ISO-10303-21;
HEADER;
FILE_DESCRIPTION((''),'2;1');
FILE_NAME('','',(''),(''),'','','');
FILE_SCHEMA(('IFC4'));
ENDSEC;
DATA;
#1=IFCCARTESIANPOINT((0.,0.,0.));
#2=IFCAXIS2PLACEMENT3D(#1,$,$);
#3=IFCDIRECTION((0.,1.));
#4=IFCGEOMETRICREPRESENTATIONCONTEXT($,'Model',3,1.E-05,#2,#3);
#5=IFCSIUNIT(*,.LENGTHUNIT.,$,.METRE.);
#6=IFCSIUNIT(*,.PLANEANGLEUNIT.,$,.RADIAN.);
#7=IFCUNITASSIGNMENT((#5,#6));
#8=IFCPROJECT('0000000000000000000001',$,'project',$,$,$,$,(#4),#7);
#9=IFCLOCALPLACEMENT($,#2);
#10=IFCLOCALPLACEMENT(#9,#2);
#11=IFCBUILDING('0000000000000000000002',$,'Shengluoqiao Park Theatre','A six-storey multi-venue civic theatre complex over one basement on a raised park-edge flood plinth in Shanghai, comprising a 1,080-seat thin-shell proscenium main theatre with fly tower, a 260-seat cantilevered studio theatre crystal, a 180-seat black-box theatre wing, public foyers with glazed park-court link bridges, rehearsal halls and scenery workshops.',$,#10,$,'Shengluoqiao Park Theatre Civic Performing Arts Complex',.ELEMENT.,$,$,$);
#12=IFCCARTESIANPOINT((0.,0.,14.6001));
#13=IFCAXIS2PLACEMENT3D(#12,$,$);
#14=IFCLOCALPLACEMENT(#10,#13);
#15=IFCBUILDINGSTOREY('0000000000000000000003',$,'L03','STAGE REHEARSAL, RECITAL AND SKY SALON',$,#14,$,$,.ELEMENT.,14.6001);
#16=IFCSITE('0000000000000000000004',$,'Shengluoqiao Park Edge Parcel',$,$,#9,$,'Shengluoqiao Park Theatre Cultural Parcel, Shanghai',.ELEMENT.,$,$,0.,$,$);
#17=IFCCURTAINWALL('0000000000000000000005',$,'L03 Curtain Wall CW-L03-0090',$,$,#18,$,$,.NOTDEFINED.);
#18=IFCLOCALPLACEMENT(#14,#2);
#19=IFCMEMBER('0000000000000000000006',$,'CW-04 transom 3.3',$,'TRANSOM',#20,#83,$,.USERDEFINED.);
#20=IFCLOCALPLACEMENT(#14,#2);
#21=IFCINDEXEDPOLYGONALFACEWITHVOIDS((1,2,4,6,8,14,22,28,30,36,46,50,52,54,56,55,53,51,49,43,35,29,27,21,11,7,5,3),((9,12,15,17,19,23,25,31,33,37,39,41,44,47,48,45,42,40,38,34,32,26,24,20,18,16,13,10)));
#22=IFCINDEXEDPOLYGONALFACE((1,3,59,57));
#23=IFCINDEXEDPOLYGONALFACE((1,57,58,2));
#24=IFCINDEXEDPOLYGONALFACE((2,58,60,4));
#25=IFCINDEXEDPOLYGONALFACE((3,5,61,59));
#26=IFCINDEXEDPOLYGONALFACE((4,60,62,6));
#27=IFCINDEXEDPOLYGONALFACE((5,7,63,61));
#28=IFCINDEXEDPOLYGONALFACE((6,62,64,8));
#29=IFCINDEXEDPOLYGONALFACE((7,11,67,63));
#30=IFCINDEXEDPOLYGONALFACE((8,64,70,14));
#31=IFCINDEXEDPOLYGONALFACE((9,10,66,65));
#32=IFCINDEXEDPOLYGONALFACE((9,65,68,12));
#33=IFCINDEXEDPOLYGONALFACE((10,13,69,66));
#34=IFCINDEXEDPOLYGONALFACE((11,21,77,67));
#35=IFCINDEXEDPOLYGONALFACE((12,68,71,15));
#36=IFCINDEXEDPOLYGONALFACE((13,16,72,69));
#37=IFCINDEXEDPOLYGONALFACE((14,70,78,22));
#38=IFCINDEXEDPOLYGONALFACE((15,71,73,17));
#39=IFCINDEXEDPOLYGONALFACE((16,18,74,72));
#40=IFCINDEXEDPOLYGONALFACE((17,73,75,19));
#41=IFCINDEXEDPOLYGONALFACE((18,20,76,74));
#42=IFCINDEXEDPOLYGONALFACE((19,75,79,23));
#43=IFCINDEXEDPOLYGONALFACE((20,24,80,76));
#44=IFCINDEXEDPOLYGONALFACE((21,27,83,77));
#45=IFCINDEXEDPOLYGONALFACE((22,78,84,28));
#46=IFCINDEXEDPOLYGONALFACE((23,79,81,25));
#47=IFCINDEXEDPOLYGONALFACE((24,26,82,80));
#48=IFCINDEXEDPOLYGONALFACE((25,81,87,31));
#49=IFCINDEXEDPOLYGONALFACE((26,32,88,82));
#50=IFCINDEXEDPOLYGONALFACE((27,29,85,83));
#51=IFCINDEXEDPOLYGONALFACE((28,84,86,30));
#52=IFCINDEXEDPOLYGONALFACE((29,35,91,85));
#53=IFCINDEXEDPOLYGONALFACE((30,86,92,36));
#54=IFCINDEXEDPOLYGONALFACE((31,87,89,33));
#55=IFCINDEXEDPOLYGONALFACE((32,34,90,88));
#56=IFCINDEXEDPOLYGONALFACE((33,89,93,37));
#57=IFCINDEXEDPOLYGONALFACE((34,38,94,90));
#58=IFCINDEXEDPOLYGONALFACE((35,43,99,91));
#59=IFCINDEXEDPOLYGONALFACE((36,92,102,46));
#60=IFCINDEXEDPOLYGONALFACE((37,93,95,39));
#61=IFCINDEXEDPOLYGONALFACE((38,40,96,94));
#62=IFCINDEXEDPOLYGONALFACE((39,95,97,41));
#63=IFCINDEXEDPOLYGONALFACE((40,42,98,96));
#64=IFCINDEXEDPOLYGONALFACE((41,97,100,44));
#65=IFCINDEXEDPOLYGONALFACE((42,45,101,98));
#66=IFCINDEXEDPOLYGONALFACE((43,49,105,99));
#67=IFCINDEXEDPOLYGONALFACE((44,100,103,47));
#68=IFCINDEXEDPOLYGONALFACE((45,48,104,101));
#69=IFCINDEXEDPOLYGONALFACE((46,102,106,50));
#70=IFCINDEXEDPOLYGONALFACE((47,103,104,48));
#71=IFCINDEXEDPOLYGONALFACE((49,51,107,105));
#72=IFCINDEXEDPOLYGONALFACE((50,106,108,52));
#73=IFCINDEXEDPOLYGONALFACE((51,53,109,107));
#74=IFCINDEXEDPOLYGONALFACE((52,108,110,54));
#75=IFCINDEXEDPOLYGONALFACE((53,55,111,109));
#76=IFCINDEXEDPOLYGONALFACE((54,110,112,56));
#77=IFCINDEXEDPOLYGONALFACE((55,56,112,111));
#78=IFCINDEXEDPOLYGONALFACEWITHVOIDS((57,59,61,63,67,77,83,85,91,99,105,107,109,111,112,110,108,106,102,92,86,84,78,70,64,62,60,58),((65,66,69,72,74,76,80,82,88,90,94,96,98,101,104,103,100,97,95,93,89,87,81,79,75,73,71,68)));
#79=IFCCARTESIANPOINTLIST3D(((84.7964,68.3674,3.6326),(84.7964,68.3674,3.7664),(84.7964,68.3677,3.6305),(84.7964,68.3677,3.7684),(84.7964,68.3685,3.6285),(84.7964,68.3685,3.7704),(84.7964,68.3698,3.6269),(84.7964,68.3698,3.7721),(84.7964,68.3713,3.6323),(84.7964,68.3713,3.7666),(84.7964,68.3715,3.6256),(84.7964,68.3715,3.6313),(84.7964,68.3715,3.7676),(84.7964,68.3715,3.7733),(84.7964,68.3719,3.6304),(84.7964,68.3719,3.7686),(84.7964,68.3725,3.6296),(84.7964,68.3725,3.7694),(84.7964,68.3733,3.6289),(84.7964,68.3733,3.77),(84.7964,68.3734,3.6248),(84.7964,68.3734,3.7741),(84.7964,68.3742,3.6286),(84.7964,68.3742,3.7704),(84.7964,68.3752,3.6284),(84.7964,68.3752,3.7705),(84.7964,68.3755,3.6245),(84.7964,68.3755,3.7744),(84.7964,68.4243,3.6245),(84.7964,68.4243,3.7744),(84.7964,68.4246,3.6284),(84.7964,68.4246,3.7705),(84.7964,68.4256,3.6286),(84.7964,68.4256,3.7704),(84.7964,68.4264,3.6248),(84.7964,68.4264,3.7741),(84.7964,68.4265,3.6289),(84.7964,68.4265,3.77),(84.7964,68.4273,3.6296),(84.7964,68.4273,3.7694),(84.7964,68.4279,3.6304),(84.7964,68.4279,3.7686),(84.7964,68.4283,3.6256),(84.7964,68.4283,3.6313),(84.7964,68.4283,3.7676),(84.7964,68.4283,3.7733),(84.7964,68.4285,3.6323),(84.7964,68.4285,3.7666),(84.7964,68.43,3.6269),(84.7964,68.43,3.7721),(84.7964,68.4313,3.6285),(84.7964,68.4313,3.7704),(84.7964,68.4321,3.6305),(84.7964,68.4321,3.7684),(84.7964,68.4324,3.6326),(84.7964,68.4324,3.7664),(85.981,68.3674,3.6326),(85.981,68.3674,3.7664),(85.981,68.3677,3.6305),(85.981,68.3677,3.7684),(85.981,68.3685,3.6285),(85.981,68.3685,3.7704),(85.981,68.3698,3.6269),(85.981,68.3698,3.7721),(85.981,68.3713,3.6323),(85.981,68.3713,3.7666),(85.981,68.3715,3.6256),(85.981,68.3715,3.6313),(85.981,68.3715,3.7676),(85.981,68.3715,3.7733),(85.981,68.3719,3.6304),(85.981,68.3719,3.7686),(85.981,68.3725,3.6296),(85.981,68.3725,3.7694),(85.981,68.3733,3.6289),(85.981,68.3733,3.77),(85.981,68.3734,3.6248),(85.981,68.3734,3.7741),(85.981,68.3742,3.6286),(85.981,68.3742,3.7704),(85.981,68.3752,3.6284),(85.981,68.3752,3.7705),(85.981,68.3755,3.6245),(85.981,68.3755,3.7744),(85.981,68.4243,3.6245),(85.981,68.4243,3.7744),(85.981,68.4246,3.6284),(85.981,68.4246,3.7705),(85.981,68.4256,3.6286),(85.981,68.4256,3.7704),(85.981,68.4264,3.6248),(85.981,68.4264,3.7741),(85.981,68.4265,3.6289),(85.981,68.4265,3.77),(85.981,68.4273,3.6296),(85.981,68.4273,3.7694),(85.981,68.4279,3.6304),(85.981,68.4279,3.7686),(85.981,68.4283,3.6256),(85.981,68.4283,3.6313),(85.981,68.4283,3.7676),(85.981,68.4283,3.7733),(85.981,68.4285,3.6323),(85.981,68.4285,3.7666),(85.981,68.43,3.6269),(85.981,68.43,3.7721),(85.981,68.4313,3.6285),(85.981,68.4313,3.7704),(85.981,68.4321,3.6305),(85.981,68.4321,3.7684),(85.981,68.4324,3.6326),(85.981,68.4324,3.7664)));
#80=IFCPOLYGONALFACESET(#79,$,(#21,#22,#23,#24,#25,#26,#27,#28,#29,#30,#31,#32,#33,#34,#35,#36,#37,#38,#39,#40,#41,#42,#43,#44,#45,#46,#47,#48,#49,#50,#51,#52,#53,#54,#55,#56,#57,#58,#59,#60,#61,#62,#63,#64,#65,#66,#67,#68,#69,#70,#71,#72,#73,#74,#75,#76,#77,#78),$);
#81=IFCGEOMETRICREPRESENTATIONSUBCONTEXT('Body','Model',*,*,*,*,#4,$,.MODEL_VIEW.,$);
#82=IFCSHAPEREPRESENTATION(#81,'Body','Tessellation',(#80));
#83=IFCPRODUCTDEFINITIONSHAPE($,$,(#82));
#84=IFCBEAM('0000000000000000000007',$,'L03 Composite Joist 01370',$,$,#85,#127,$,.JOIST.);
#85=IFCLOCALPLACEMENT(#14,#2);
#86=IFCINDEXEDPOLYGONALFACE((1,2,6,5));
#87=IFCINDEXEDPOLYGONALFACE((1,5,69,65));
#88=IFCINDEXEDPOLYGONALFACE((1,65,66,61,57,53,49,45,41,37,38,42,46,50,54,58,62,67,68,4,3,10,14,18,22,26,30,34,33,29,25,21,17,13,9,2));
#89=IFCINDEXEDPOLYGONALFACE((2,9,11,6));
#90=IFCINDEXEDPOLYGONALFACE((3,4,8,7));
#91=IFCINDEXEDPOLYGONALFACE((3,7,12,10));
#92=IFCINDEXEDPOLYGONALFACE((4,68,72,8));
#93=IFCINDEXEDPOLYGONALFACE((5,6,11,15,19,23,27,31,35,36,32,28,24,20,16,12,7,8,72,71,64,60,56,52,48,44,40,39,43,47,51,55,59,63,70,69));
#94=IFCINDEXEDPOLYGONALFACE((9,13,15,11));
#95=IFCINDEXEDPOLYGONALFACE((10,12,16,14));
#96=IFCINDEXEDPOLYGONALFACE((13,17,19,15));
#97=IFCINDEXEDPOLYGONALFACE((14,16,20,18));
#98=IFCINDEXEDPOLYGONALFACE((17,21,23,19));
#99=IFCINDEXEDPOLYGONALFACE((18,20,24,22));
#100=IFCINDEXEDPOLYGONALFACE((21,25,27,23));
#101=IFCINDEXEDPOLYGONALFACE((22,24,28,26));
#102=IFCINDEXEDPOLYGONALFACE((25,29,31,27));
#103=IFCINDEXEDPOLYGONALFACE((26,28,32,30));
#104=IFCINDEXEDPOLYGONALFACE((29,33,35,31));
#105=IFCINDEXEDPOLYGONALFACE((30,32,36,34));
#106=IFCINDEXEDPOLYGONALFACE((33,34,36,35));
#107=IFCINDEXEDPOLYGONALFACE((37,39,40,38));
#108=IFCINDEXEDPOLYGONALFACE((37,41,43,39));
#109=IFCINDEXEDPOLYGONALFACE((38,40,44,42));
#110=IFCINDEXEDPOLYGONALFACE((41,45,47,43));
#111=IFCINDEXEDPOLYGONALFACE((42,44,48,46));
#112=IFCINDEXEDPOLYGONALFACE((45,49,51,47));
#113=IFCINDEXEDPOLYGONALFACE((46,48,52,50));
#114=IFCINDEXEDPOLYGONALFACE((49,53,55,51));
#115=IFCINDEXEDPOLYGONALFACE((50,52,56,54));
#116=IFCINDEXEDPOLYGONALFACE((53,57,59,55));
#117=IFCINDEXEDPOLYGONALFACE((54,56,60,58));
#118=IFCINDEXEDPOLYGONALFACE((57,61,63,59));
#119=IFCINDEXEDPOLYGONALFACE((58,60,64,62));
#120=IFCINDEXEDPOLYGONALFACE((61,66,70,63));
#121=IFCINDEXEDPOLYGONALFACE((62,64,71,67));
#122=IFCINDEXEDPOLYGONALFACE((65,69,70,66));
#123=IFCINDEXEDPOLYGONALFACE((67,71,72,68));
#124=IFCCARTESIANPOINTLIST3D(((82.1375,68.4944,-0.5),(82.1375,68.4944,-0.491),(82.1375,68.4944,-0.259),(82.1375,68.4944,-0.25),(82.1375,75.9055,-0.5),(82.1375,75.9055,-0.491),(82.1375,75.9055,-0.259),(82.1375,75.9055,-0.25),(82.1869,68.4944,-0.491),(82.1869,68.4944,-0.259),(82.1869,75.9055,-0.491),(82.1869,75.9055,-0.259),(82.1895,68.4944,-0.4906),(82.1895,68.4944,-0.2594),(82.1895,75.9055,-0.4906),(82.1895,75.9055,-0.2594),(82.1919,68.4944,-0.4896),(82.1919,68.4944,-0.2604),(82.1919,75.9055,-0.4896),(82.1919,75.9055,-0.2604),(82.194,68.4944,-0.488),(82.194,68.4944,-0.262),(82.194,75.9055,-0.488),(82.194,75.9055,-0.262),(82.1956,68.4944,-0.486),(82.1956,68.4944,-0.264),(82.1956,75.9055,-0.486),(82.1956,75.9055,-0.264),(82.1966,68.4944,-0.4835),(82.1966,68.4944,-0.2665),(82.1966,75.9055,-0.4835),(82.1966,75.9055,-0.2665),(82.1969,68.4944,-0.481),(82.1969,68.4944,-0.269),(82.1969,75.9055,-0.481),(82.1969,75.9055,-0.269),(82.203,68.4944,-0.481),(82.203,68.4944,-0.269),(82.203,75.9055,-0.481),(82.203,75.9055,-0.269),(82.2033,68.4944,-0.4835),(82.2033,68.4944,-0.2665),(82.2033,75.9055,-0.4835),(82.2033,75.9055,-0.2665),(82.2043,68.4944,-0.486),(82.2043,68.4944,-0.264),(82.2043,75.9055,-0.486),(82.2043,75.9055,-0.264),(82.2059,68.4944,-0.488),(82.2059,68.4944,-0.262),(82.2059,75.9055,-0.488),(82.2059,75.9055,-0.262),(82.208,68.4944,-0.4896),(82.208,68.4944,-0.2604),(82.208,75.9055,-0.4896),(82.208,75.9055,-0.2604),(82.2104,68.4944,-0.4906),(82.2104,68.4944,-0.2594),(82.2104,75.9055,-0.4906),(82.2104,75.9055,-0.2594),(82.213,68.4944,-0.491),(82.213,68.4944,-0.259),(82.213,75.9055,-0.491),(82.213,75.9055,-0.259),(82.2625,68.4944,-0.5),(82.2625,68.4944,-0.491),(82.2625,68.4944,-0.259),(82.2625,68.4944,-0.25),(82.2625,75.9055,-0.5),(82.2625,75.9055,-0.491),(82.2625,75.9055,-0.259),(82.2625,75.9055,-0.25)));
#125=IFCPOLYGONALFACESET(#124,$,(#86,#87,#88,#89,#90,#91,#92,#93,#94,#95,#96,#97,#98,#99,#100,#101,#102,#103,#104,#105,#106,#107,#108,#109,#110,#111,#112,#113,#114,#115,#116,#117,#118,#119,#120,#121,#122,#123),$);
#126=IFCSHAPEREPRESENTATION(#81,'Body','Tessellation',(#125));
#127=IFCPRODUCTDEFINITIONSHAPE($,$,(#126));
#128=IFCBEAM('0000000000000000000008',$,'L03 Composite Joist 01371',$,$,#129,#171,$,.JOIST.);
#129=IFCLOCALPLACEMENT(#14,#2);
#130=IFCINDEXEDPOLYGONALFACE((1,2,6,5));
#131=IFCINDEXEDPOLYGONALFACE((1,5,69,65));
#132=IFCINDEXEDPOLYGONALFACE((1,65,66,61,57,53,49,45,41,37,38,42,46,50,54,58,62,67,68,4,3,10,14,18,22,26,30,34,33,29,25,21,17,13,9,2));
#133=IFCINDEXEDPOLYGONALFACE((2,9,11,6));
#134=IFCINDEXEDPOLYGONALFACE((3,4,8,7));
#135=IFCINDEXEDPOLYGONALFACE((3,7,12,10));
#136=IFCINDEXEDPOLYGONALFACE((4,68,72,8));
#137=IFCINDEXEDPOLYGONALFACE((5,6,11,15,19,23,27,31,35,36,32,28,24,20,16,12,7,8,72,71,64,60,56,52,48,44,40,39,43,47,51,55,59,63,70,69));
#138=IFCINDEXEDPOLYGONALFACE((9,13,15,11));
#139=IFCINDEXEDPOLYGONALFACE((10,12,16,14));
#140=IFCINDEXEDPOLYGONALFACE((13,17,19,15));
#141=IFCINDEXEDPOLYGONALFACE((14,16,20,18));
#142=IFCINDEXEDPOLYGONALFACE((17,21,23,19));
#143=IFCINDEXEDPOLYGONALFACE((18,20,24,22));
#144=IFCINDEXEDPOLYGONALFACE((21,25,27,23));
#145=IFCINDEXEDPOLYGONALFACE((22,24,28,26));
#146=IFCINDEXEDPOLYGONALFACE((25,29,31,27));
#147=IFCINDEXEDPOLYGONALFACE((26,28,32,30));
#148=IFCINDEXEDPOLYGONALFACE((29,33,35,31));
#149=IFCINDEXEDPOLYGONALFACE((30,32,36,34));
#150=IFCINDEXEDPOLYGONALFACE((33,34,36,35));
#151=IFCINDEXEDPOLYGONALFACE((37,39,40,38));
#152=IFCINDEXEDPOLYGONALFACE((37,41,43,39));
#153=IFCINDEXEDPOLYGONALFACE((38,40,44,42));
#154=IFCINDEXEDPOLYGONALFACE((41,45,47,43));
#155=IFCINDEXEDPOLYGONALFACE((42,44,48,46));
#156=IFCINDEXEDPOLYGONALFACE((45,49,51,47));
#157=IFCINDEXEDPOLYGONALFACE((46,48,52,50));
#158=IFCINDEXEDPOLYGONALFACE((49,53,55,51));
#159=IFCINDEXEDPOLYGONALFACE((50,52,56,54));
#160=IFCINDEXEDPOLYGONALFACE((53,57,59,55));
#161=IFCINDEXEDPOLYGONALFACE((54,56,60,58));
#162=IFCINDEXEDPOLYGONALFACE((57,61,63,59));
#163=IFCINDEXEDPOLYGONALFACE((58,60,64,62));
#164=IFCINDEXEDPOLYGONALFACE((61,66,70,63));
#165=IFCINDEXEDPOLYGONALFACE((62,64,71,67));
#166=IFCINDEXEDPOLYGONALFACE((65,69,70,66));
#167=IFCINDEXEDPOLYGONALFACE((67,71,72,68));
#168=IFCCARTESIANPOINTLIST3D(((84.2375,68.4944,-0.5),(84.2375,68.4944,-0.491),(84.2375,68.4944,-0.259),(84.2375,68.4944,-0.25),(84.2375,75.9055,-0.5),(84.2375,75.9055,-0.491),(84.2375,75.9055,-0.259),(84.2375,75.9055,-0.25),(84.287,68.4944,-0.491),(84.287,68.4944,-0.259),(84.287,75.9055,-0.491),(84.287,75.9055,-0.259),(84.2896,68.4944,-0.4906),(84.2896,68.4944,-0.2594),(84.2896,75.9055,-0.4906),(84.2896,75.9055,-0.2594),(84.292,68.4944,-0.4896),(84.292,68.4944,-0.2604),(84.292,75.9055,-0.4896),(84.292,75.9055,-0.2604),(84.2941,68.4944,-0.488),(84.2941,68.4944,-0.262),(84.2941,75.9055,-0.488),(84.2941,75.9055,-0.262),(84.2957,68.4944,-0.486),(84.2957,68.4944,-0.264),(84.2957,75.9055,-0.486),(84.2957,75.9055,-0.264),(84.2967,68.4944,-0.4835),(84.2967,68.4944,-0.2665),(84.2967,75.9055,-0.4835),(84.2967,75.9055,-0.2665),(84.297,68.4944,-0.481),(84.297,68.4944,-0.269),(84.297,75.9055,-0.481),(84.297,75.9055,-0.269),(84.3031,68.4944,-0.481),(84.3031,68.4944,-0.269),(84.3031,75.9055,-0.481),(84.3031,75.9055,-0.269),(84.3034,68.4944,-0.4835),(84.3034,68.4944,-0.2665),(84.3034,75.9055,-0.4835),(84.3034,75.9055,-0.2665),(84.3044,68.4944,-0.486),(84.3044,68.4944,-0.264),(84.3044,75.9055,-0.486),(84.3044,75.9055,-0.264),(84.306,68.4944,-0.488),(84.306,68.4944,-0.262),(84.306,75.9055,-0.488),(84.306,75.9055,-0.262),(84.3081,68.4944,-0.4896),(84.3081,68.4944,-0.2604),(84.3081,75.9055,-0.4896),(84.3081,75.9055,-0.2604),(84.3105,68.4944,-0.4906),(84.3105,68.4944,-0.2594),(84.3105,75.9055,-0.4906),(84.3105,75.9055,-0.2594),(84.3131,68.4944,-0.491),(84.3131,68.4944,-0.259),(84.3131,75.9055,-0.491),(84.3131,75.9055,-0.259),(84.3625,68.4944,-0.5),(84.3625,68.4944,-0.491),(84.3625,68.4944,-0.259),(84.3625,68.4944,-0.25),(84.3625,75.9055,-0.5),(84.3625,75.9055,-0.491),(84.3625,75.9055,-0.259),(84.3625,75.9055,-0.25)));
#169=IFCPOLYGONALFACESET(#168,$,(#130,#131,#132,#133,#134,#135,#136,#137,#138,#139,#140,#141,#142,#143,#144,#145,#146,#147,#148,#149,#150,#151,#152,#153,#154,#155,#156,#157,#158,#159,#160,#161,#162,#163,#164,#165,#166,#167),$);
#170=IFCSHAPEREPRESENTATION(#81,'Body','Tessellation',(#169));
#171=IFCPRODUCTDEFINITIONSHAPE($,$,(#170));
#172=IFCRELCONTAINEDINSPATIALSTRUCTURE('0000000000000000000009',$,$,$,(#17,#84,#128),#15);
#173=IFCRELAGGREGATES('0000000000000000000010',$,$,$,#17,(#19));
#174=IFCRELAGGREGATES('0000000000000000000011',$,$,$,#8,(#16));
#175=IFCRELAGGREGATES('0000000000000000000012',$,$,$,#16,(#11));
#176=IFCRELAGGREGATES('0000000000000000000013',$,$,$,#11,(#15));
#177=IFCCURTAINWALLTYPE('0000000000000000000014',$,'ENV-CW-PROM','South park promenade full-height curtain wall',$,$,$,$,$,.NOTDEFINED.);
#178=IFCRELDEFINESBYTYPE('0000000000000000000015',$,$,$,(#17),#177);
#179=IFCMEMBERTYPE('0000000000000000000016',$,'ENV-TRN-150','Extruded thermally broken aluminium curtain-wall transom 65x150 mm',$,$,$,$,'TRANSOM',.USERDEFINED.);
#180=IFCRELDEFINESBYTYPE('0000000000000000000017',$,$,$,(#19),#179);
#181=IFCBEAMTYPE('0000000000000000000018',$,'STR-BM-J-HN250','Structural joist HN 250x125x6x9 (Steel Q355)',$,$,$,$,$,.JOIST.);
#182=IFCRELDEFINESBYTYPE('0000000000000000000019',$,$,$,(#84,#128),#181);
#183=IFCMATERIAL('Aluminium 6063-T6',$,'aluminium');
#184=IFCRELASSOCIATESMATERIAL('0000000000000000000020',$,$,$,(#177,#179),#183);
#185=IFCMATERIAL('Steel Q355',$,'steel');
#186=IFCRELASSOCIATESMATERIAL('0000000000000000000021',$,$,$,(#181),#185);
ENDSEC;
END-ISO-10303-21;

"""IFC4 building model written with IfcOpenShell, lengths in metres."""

from ifc_helpers import new_model, si_unit, direction, frame, origin, origin_2d, place, context, subcontext, project, spatial, hollow_rectangle, i_section, extrude, material, material_profile, profile_set, type_object, element, aggregate, save


model = new_model("IFC4")

# Units and contexts
model_context = context("Model", 3, precision=1e-05, world=origin(), true_north=direction((0.0, 1.0)))
body_context = subcontext(model_context, "Body", "Model", "MODEL_VIEW")
ifc_project = project(units=[si_unit("LENGTHUNIT", "METRE"), si_unit("PLANEANGLEUNIT", "RADIAN")], contexts=[model_context])

# Site, building, storey
site_placement = place(None, origin())
site = spatial("IfcSite", under=ifc_project, at=site_placement, Name="Shengluoqiao Park Edge Parcel", LongName="Shengluoqiao Park Theatre Cultural Parcel, Shanghai", CompositionType="ELEMENT", RefElevation=0.0)
building_placement = place(site_placement, origin())
building = spatial("IfcBuilding", under=site, at=building_placement, Name="Shengluoqiao Park Theatre", Description="A six-storey multi-venue civic theatre complex over one basement on a raised park-edge flood plinth in Shanghai, comprising a 1,080-seat thin-shell proscenium main theatre with fly tower, a 260-seat cantilevered studio theatre crystal, a 180-seat black-box theatre wing, public foyers with glazed park-court link bridges, rehearsal halls and scenery workshops.", LongName="Shengluoqiao Park Theatre Civic Performing Arts Complex", CompositionType="ELEMENT")
storey_placement = place(building_placement, frame((0.0, 0.0, 14.6001)))
storey = spatial("IfcBuildingStorey", under=building, at=storey_placement, Name="L03", Description="STAGE REHEARSAL, RECITAL AND SKY SALON", CompositionType="ELEMENT", Elevation=14.6001)

# Shared definitions
ifc_material_1 = material(Name="Aluminium 6063-T6", Category="aluminium")
curtain_wall_type = type_object("IfcCurtainWallType", Name="ENV-CW-PROM", Description="South park promenade full-height curtain wall", PredefinedType="NOTDEFINED", material=ifc_material_1)

# Curtain wall
curtain_wall_1_placement = place(storey_placement, origin())
curtain_wall_1 = element("IfcCurtainWall", 1, at=curtain_wall_1_placement, inside=storey, type_object=curtain_wall_type, Name="L03 Curtain Wall CW-L03-0090", PredefinedType="NOTDEFINED")

# Member
ifc_material_profile_1 = material_profile(ifc_material_1, hollow_rectangle(XDim=0.0649, YDim=0.1499, WallThickness=0.0039, InnerFilletRadius=0.0039, OuterFilletRadius=0.0081, at=origin_2d()), Name="ALU TRANSOM 150x65x4")
ifc_profile_set_1 = profile_set([ifc_material_profile_1], Name="Aluminium 6063-T6")
member_type_1 = type_object("IfcMemberType", Name="ENV-TRN-150", Description="Extruded thermally broken aluminium curtain-wall transom 65x150 mm", ElementType="TRANSOM", PredefinedType="USERDEFINED", material=ifc_profile_set_1)
member_1_placement = place(storey_placement, frame((84.7964, 68.3999, 3.6995), z_axis=(1.0, 0.0, 0.0), x_axis=(0.0, 1.0, 0.0)))
member_1 = element("IfcMember", 2, at=member_1_placement, type_object=member_type_1, Name="CW-04 transom 3.3", ObjectType="TRANSOM", PredefinedType="USERDEFINED", context=body_context, shape_type="SweptSolid", body=[
    extrude(hollow_rectangle(XDim=0.0649, YDim=0.1499, WallThickness=0.0039, InnerFilletRadius=0.0039, OuterFilletRadius=0.0081, at=origin_2d()), origin(), (0.0, 0.0, 1.0), 1.1846),
])

# Beams
ifc_material_2 = material(Name="Steel Q355", Category="steel")
ifc_material_profile_2 = material_profile(ifc_material_2, i_section(OverallWidth=0.125, OverallDepth=0.25, WebThickness=0.0061, FlangeThickness=0.009, FilletRadius=0.01, at=origin_2d()), Name="HN 250x125x6x9")
ifc_profile_set_2 = profile_set([ifc_material_profile_2], Name="Steel Q355")
beam_type_1 = type_object("IfcBeamType", Name="STR-BM-J-HN250", Description="Structural joist HN 250x125x6x9 (Steel Q355)", PredefinedType="JOIST", material=ifc_profile_set_2)
for number, where, z_axis, x_axis, name in (
    (3, (82.2, 68.4944, -0.375), (0.0, 1.0, 0.0), (-1.0, 0.0, 0.0), "L03 Composite Joist 01370"),
    (4, (84.3, 68.4944, -0.375), (0.0, 1.0, 0.0), (-1.0, 0.0, 0.0), "L03 Composite Joist 01371"),
):
    element("IfcBeam", number, at=place(storey_placement, frame(where, z_axis=z_axis, x_axis=x_axis)), inside=storey, type_object=beam_type_1, Name=name, PredefinedType="JOIST", context=body_context, shape_type="SweptSolid", body=[
        extrude(i_section(OverallWidth=0.125, OverallDepth=0.25, WebThickness=0.0061, FlangeThickness=0.009, FilletRadius=0.01, at=origin_2d()), origin(), (0.0, 0.0, 1.0), 7.4111),
    ])

aggregate(curtain_wall_1, [member_1])

save(model, "model.ifc")
